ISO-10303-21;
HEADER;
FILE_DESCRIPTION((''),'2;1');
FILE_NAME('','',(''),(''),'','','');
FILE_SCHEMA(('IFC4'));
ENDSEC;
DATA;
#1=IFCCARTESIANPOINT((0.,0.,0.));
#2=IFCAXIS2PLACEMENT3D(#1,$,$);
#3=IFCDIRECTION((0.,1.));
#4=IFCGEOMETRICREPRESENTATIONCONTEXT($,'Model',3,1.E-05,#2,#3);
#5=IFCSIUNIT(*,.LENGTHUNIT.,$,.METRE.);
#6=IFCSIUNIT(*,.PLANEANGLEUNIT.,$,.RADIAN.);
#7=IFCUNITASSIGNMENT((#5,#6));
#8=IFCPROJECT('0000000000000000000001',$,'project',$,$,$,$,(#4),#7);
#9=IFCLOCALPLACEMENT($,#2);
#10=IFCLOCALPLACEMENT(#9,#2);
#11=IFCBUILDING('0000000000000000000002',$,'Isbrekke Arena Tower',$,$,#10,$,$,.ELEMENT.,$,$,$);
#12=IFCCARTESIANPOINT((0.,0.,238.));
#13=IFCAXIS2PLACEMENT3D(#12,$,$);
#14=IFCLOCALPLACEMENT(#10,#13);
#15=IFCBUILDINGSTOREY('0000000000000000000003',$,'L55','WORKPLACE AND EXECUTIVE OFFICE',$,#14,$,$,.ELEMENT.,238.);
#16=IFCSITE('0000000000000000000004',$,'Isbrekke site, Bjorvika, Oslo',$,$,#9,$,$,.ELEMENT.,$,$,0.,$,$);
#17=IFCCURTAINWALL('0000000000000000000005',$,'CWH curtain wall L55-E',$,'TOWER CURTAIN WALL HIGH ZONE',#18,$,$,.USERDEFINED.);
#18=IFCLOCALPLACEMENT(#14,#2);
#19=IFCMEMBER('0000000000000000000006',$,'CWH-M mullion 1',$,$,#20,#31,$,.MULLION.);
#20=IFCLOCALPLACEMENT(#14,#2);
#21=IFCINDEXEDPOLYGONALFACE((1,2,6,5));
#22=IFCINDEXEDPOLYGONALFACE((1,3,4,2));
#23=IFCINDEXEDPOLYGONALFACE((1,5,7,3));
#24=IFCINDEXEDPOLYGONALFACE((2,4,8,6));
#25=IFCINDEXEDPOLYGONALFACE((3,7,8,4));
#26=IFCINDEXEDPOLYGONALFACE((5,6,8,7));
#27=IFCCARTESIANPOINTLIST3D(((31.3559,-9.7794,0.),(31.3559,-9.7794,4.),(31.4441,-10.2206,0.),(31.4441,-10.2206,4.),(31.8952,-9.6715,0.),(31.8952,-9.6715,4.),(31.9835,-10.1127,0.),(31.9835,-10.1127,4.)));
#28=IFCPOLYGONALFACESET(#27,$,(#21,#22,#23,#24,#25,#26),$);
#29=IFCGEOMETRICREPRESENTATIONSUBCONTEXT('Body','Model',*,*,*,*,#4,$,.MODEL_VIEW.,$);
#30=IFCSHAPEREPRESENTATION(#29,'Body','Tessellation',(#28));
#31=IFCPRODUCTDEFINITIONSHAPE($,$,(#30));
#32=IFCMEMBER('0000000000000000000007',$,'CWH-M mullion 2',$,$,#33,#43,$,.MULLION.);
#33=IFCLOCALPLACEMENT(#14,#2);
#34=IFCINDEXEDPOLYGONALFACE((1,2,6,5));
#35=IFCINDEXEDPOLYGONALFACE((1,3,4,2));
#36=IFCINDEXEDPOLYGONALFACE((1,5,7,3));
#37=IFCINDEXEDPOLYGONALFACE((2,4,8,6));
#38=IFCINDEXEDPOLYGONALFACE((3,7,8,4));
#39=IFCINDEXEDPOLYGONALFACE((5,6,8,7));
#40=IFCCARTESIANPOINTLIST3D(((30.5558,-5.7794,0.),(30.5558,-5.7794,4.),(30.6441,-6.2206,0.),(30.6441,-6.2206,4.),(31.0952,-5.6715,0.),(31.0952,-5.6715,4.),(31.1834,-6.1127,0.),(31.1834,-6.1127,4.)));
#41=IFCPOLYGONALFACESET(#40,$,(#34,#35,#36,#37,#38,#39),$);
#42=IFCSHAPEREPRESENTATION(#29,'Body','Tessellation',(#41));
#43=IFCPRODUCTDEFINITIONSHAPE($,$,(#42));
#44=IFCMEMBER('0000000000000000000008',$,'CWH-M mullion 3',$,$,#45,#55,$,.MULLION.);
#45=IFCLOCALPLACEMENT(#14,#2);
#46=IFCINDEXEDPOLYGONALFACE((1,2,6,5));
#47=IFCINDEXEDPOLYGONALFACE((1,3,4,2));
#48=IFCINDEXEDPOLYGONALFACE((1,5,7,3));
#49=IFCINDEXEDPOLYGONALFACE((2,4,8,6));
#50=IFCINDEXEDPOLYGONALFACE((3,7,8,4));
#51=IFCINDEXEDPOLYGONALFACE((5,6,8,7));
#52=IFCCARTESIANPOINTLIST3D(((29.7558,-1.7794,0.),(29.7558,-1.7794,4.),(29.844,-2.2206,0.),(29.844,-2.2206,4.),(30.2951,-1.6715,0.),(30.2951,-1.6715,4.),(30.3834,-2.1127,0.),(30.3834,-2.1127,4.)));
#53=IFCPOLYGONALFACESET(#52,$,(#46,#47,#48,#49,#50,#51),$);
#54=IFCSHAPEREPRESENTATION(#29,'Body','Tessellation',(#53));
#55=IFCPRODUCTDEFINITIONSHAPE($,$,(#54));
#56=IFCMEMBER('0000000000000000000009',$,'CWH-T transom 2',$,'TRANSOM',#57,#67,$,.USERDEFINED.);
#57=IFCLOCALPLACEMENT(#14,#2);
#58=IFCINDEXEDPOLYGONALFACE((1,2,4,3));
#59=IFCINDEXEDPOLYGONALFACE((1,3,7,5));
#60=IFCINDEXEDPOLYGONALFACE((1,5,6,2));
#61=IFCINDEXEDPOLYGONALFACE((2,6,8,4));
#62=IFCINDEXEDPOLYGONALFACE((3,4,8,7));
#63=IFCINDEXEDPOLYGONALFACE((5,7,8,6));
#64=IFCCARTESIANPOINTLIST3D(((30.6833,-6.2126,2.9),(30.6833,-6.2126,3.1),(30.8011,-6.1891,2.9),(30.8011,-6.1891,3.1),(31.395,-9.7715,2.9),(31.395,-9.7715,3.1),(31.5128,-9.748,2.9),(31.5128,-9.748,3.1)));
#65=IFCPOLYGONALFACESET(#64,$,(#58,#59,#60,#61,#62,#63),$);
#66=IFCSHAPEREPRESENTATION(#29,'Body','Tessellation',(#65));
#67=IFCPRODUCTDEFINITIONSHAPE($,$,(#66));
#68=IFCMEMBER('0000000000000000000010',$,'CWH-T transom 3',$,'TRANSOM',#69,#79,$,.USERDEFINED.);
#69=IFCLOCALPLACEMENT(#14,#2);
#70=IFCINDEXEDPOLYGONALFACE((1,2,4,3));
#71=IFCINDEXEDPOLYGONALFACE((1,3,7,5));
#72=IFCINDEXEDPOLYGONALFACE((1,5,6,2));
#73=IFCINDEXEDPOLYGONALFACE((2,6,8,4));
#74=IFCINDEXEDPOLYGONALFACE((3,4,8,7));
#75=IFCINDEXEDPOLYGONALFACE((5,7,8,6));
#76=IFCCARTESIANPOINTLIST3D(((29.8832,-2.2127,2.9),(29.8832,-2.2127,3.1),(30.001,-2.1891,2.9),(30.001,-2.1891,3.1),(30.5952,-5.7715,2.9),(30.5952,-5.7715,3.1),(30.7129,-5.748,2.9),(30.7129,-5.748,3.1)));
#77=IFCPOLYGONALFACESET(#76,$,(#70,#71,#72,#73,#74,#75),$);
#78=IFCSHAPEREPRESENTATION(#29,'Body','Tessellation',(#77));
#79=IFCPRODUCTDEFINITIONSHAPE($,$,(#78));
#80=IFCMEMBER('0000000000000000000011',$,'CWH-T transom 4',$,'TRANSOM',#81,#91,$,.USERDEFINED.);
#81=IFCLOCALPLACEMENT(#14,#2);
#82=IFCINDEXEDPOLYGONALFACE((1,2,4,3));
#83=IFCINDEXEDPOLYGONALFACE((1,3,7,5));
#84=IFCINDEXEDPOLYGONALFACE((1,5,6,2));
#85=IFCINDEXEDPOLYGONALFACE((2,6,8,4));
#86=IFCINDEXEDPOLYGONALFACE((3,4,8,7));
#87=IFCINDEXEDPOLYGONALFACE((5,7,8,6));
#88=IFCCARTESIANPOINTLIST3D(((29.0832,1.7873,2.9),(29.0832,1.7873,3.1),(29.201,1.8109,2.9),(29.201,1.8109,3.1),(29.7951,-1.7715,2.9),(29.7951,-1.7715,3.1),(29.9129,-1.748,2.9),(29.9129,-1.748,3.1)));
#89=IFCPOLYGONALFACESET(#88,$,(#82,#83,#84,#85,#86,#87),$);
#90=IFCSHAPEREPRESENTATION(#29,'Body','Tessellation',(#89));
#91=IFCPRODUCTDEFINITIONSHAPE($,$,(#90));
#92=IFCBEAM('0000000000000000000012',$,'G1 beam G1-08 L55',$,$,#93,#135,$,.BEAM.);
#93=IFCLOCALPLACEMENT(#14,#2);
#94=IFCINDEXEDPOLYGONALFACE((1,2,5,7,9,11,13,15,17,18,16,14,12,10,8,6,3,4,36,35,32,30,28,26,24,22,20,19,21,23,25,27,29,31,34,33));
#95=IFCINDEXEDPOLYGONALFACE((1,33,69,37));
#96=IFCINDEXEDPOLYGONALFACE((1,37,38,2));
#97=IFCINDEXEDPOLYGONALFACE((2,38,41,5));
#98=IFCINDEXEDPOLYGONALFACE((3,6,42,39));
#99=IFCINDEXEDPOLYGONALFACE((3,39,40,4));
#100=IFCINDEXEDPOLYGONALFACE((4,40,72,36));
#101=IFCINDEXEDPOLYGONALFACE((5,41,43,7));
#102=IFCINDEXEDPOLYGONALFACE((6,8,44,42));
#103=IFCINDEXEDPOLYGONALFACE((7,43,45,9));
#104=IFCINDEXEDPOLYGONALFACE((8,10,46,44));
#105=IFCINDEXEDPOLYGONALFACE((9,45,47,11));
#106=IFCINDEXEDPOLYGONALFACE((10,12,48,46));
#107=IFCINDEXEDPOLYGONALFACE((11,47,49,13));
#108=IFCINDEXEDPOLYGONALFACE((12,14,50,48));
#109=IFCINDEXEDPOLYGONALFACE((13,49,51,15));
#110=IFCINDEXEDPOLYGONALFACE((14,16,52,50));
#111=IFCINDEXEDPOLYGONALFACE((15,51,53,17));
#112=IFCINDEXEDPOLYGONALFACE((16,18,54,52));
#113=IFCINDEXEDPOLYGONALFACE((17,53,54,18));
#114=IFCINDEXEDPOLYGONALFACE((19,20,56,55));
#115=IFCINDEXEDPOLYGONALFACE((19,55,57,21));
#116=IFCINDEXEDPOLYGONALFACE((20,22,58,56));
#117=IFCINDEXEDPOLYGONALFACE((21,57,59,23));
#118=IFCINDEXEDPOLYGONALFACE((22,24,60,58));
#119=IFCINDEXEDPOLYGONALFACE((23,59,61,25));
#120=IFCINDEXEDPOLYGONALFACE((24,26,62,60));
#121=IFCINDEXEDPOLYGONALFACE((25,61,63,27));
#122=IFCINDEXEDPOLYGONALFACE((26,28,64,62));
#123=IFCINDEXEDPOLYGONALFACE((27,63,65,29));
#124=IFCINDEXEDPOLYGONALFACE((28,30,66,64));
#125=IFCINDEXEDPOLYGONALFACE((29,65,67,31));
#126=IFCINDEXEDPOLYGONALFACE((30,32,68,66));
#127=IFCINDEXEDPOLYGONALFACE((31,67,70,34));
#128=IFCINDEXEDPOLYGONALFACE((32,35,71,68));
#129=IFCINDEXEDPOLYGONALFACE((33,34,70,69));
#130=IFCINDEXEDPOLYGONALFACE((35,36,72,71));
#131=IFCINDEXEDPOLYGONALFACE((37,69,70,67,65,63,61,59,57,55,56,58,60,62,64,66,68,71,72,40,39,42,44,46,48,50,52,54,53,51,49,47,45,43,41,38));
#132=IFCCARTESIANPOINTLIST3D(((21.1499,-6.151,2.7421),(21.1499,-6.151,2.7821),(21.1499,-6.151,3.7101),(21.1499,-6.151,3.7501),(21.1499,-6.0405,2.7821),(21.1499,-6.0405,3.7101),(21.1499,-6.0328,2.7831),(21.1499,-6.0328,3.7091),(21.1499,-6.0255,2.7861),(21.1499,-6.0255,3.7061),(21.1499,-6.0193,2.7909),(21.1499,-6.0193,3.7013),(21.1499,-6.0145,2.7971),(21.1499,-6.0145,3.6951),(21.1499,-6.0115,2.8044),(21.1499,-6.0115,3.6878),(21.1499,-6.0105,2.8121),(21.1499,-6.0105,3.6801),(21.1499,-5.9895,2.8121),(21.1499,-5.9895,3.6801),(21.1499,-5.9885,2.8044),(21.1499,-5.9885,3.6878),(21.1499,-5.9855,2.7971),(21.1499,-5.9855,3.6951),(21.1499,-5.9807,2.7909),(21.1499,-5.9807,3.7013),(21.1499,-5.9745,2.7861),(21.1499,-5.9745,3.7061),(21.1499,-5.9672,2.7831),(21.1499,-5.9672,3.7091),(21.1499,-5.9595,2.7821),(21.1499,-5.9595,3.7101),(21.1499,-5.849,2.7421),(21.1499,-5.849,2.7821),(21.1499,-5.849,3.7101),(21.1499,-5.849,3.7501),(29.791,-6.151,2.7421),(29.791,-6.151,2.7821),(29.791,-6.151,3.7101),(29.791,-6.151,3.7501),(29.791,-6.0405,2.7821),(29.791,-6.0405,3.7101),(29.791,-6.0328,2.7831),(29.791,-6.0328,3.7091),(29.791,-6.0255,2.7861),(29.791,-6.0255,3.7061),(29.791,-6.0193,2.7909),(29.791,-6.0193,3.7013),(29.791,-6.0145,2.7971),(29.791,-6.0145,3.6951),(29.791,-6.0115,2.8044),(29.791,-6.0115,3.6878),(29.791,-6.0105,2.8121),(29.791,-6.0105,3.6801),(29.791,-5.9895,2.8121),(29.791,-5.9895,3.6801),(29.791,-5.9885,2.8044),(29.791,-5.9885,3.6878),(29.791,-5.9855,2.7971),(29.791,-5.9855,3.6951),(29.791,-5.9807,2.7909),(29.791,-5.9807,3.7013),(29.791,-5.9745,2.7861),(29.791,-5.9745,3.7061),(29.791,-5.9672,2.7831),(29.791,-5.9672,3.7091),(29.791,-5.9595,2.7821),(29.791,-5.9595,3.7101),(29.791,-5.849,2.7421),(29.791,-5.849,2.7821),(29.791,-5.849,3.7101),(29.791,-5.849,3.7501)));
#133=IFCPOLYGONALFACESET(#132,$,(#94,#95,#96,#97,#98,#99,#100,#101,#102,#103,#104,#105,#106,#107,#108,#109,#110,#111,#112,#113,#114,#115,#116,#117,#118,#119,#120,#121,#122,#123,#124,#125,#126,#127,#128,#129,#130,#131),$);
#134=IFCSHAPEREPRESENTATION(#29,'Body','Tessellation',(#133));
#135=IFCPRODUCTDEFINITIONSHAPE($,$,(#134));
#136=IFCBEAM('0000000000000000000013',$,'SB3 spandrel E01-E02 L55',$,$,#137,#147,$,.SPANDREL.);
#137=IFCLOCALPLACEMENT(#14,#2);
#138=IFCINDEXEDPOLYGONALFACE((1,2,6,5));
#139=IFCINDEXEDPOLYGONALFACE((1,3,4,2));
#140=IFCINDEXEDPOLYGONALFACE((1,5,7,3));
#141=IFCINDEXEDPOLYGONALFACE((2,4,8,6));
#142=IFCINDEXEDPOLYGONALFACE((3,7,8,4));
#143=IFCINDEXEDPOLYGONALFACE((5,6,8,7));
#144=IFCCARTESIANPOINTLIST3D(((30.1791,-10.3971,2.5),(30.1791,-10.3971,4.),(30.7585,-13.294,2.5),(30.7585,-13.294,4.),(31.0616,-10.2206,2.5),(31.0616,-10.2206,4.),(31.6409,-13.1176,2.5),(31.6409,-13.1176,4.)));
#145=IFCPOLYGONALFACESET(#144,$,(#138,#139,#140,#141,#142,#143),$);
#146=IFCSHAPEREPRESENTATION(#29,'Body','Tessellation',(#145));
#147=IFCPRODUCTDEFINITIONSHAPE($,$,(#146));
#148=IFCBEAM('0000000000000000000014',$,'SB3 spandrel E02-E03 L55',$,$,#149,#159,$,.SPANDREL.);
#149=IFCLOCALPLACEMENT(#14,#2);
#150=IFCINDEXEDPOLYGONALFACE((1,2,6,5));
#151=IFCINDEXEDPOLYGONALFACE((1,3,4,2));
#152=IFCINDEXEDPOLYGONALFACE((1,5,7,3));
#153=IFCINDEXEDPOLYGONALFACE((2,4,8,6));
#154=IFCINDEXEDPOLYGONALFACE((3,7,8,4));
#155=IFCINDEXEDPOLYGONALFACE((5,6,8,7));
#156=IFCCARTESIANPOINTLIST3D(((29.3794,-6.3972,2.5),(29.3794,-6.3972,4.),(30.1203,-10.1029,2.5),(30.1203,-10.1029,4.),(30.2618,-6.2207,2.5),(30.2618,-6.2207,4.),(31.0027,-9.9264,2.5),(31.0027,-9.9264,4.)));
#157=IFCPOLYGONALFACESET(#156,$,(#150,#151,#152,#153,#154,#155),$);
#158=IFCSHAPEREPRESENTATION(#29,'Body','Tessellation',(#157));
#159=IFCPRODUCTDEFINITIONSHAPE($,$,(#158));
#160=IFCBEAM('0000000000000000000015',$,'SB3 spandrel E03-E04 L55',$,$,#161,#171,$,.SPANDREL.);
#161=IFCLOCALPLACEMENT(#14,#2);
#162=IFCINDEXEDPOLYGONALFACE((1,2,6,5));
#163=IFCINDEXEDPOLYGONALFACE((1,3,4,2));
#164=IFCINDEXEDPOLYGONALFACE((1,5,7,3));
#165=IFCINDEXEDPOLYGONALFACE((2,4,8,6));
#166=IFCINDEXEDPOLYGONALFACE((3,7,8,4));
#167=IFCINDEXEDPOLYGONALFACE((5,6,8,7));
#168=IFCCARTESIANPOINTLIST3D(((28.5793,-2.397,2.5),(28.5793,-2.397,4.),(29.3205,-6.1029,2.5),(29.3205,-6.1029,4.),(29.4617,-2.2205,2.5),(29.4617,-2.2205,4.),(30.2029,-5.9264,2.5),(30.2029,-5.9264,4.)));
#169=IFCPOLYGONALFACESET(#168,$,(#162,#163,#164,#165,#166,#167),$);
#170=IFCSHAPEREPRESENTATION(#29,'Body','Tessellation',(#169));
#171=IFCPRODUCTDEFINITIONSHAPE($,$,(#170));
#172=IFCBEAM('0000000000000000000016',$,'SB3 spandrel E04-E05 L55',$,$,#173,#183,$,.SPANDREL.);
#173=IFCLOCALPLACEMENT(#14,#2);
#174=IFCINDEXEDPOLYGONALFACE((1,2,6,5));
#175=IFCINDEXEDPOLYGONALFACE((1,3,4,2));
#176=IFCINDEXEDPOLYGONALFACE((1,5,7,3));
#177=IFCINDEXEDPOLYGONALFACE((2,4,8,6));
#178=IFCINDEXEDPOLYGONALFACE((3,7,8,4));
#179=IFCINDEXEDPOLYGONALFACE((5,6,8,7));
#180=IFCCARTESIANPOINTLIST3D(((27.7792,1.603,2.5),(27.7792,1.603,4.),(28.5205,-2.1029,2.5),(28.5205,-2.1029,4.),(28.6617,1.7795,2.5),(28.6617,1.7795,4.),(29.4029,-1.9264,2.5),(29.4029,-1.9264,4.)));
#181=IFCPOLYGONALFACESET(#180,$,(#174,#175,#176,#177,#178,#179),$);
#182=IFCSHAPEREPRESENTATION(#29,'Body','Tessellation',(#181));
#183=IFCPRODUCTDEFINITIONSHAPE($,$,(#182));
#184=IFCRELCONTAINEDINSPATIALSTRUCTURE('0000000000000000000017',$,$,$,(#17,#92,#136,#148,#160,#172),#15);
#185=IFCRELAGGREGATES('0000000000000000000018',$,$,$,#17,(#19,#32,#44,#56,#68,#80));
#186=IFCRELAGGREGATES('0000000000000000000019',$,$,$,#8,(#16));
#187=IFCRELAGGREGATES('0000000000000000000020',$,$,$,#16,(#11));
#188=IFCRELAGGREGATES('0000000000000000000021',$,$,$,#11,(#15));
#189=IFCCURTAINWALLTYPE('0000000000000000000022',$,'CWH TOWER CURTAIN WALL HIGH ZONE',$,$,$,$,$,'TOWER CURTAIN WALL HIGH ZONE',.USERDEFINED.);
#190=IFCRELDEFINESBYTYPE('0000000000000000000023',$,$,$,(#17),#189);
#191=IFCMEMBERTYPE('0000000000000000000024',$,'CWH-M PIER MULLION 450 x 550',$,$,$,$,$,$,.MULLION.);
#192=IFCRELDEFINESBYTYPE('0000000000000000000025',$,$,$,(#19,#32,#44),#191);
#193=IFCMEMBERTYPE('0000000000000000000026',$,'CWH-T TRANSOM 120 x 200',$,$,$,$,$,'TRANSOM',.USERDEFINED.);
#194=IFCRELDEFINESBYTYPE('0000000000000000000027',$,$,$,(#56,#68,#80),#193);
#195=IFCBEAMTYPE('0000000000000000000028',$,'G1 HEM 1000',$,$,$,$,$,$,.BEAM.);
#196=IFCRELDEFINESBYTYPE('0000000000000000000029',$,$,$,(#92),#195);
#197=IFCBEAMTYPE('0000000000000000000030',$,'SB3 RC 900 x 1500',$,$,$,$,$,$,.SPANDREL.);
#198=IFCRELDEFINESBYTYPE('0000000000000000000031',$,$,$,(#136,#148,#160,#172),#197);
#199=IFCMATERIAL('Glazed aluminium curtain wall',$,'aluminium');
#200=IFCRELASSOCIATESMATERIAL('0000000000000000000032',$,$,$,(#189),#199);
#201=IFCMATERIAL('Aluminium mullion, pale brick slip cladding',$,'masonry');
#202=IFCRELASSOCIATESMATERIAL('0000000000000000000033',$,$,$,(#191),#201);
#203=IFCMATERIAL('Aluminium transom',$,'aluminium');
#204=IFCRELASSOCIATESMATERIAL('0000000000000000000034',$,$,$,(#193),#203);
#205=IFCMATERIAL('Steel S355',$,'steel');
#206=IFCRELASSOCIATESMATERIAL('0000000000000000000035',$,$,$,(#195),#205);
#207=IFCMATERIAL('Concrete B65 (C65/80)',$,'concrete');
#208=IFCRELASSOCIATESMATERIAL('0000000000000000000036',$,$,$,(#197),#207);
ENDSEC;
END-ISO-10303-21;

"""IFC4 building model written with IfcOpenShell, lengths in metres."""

from ifc_helpers import new_model, si_unit, direction, frame, origin, origin_2d, place, context, subcontext, project, spatial, rectangle, i_section, extrude, material, material_profile, profile_set, type_object, element, aggregate, save


model = new_model("IFC4")

# Units and contexts
model_context = context("Model", 3, precision=1e-05, world=origin(), true_north=direction((0.0, 1.0)))
body_context = subcontext(model_context, "Body", "Model", "MODEL_VIEW")
ifc_project = project(units=[si_unit("LENGTHUNIT", "METRE"), si_unit("PLANEANGLEUNIT", "RADIAN")], contexts=[model_context])

# Site, building, storey
site_placement = place(None, origin())
site = spatial("IfcSite", under=ifc_project, at=site_placement, Name="Isbrekke site, Bjorvika, Oslo", CompositionType="ELEMENT", RefElevation=0.0)
building_placement = place(site_placement, origin())
building = spatial("IfcBuilding", under=site, at=building_placement, Name="Isbrekke Arena Tower", CompositionType="ELEMENT")
storey_placement = place(building_placement, frame((0.0, 0.0, 238.0)))
storey = spatial("IfcBuildingStorey", under=building, at=storey_placement, Name="L55", Description="WORKPLACE AND EXECUTIVE OFFICE", CompositionType="ELEMENT", Elevation=238.0)

# Curtain wall, members
ifc_material_1 = material(Name="Glazed aluminium curtain wall", Category="aluminium")
curtain_wall_type = type_object("IfcCurtainWallType", Name="CWH TOWER CURTAIN WALL HIGH ZONE", ElementType="TOWER CURTAIN WALL HIGH ZONE", PredefinedType="USERDEFINED", material=ifc_material_1)
curtain_wall_placement = place(storey_placement, origin())
curtain_wall = element("IfcCurtainWall", 1, at=curtain_wall_placement, inside=storey, type_object=curtain_wall_type, Name="CWH curtain wall L55-E", ObjectType="TOWER CURTAIN WALL HIGH ZONE", PredefinedType="USERDEFINED")
ifc_material_2 = material(Name="Aluminium mullion, pale brick slip cladding", Category="masonry")
ifc_material_profile_1 = material_profile(ifc_material_2, rectangle(XDim=0.45, YDim=0.55, at=origin_2d()), Name="PIER 450X550")
ifc_profile_set_1 = profile_set([ifc_material_profile_1], Name="Aluminium mullion, pale brick slip cladding")
member_type_1 = type_object("IfcMemberType", Name="CWH-M PIER MULLION 450 x 550", PredefinedType="MULLION", material=ifc_profile_set_1)
member_1_placement = place(storey_placement, frame((31.6697, -9.946, 0.0), z_axis=(0.0, 0.0, 1.0), x_axis=(-0.196116, 0.980581, 0.0)))
member_1 = element("IfcMember", 2, at=member_1_placement, type_object=member_type_1, Name="CWH-M mullion 1", PredefinedType="MULLION", context=body_context, shape_type="SweptSolid", body=[
    extrude(rectangle(XDim=0.45, YDim=0.55, at=origin_2d()), origin(), (0.0, 0.0, 1.0), 4.0),
])
member_2_placement = place(storey_placement, frame((30.8696, -5.946, 0.0), z_axis=(0.0, 0.0, 1.0), x_axis=(-0.196116, 0.980581, 0.0)))
member_2 = element("IfcMember", 3, at=member_2_placement, type_object=member_type_1, Name="CWH-M mullion 2", PredefinedType="MULLION", context=body_context, shape_type="SweptSolid", body=[
    extrude(rectangle(XDim=0.45, YDim=0.55, at=origin_2d()), origin(), (0.0, 0.0, 1.0), 4.0),
])
member_3_placement = place(storey_placement, frame((30.0696, -1.946, 0.0), z_axis=(0.0, 0.0, 1.0), x_axis=(-0.196116, 0.980581, 0.0)))
member_3 = element("IfcMember", 4, at=member_3_placement, type_object=member_type_1, Name="CWH-M mullion 3", PredefinedType="MULLION", context=body_context, shape_type="SweptSolid", body=[
    extrude(rectangle(XDim=0.45, YDim=0.55, at=origin_2d()), origin(), (0.0, 0.0, 1.0), 4.0),
])
ifc_material_3 = material(Name="Aluminium transom", Category="aluminium")
ifc_material_profile_2 = material_profile(ifc_material_3, rectangle(XDim=0.1201, YDim=0.2, at=origin_2d()), Name="TRANSOM 120X200")
ifc_profile_set_2 = profile_set([ifc_material_profile_2], Name="Aluminium transom")
member_type_2 = type_object("IfcMemberType", Name="CWH-T TRANSOM 120 x 200", ElementType="TRANSOM", PredefinedType="USERDEFINED", material=ifc_profile_set_2)
member_4_placement = place(storey_placement, frame((31.4539, -9.7598, 3.0), z_axis=(-0.19609, 0.980586, 0.0), x_axis=(-0.980586, -0.19609, 0.0)))
member_4 = element("IfcMember", 5, at=member_4_placement, type_object=member_type_2, Name="CWH-T transom 2", ObjectType="TRANSOM", PredefinedType="USERDEFINED", context=body_context, shape_type="SweptSolid", body=[
    extrude(rectangle(XDim=0.1201, YDim=0.2, at=origin_2d()), origin(), (0.0, 0.0, 1.0), 3.6294),
])
member_5_placement = place(storey_placement, frame((30.6541, -5.7598, 3.0), z_axis=(-0.196155, 0.980573, 0.0), x_axis=(-0.980573, -0.196155, 0.0)))
member_5 = element("IfcMember", 6, at=member_5_placement, type_object=member_type_2, Name="CWH-T transom 3", ObjectType="TRANSOM", PredefinedType="USERDEFINED", context=body_context, shape_type="SweptSolid", body=[
    extrude(rectangle(XDim=0.1201, YDim=0.2, at=origin_2d()), origin(), (0.0, 0.0, 1.0), 3.6294),
])
member_6_placement = place(storey_placement, frame((29.854, -1.7598, 3.0), z_axis=(-0.196155, 0.980573, 0.0), x_axis=(-0.980573, -0.196155, 0.0)))
member_6 = element("IfcMember", 7, at=member_6_placement, type_object=member_type_2, Name="CWH-T transom 4", ObjectType="TRANSOM", PredefinedType="USERDEFINED", context=body_context, shape_type="SweptSolid", body=[
    extrude(rectangle(XDim=0.1201, YDim=0.2, at=origin_2d()), origin(), (0.0, 0.0, 1.0), 3.6294),
])

# Beams
ifc_material_4 = material(Name="Steel S355", Category="steel")
ifc_material_profile_3 = material_profile(ifc_material_4, i_section(OverallWidth=0.302, OverallDepth=1.0081, WebThickness=0.021, FlangeThickness=0.04, FilletRadius=0.03, at=origin_2d()), Name="HEM 1000")
ifc_profile_set_3 = profile_set([ifc_material_profile_3], Name="Steel S355")
beam_type_1 = type_object("IfcBeamType", Name="G1 HEM 1000", PredefinedType="BEAM", material=ifc_profile_set_3)
beam_1_placement = place(storey_placement, frame((21.1499, -6.0, 3.2461), z_axis=(1.0, 0.0, 0.0), x_axis=(0.0, 1.0, 0.0)))
element("IfcBeam", 8, at=beam_1_placement, inside=storey, type_object=beam_type_1, Name="G1 beam G1-08 L55", PredefinedType="BEAM", context=body_context, shape_type="SweptSolid", body=[
    extrude(i_section(OverallWidth=0.302, OverallDepth=1.0081, WebThickness=0.021, FlangeThickness=0.04, FilletRadius=0.03, at=origin_2d()), origin(), (0.0, 0.0, 1.0), 8.6411),
])
ifc_material_5 = material(Name="Concrete B65 (C65/80)", Category="concrete")
ifc_material_profile_4 = material_profile(ifc_material_5, rectangle(XDim=0.8999, YDim=1.5, at=origin_2d()), Name="RC 900x1500")
ifc_profile_set_4 = profile_set([ifc_material_profile_4], Name="Concrete B65 (C65/80)")
beam_type_2 = type_object("IfcBeamType", Name="SB3 RC 900 x 1500", PredefinedType="SPANDREL", material=ifc_profile_set_4)
beam_2_placement = place(storey_placement, frame((31.1997, -13.2058, 3.25), z_axis=(-0.1961, 0.980584, 0.0), x_axis=(-0.980584, -0.1961, 0.0)))
element("IfcBeam", 9, at=beam_2_placement, inside=storey, type_object=beam_type_2, Name="SB3 spandrel E01-E02 L55", PredefinedType="SPANDREL", context=body_context, shape_type="SweptSolid", body=[
    extrude(rectangle(XDim=0.8999, YDim=1.5, at=origin_2d()), origin(), (0.0, 0.0, 1.0), 2.9543),
])
beam_3_placement = place(storey_placement, frame((30.5615, -10.0146, 3.25), z_axis=(-0.196066, 0.980591, 0.0), x_axis=(-0.980591, -0.196066, 0.0)))
element("IfcBeam", 10, at=beam_3_placement, inside=storey, type_object=beam_type_2, Name="SB3 spandrel E02-E03 L55", PredefinedType="SPANDREL", context=body_context, shape_type="SweptSolid", body=[
    extrude(rectangle(XDim=0.8999, YDim=1.5, at=origin_2d()), origin(), (0.0, 0.0, 1.0), 3.7791),
])
for number, where, z_axis, x_axis, name in (
    (11, (29.7617, -6.0146, 3.25), (-0.196129, 0.980578, 0.0), (-0.980578, -0.196129, 0.0), "SB3 spandrel E03-E04 L55"),
    (12, (28.9617, -2.0146, 3.25), (-0.196129, 0.980578, 0.0), (-0.980578, -0.196129, 0.0), "SB3 spandrel E04-E05 L55"),
):
    element("IfcBeam", number, at=place(storey_placement, frame(where, z_axis=z_axis, x_axis=x_axis)), inside=storey, type_object=beam_type_2, Name=name, PredefinedType="SPANDREL", context=body_context, shape_type="SweptSolid", body=[
        extrude(rectangle(XDim=0.8999, YDim=1.5, at=origin_2d()), origin(), (0.0, 0.0, 1.0), 3.7793),
    ])

aggregate(curtain_wall, [member_1, member_2, member_3, member_4, member_5, member_6])

save(model, "model.ifc")
